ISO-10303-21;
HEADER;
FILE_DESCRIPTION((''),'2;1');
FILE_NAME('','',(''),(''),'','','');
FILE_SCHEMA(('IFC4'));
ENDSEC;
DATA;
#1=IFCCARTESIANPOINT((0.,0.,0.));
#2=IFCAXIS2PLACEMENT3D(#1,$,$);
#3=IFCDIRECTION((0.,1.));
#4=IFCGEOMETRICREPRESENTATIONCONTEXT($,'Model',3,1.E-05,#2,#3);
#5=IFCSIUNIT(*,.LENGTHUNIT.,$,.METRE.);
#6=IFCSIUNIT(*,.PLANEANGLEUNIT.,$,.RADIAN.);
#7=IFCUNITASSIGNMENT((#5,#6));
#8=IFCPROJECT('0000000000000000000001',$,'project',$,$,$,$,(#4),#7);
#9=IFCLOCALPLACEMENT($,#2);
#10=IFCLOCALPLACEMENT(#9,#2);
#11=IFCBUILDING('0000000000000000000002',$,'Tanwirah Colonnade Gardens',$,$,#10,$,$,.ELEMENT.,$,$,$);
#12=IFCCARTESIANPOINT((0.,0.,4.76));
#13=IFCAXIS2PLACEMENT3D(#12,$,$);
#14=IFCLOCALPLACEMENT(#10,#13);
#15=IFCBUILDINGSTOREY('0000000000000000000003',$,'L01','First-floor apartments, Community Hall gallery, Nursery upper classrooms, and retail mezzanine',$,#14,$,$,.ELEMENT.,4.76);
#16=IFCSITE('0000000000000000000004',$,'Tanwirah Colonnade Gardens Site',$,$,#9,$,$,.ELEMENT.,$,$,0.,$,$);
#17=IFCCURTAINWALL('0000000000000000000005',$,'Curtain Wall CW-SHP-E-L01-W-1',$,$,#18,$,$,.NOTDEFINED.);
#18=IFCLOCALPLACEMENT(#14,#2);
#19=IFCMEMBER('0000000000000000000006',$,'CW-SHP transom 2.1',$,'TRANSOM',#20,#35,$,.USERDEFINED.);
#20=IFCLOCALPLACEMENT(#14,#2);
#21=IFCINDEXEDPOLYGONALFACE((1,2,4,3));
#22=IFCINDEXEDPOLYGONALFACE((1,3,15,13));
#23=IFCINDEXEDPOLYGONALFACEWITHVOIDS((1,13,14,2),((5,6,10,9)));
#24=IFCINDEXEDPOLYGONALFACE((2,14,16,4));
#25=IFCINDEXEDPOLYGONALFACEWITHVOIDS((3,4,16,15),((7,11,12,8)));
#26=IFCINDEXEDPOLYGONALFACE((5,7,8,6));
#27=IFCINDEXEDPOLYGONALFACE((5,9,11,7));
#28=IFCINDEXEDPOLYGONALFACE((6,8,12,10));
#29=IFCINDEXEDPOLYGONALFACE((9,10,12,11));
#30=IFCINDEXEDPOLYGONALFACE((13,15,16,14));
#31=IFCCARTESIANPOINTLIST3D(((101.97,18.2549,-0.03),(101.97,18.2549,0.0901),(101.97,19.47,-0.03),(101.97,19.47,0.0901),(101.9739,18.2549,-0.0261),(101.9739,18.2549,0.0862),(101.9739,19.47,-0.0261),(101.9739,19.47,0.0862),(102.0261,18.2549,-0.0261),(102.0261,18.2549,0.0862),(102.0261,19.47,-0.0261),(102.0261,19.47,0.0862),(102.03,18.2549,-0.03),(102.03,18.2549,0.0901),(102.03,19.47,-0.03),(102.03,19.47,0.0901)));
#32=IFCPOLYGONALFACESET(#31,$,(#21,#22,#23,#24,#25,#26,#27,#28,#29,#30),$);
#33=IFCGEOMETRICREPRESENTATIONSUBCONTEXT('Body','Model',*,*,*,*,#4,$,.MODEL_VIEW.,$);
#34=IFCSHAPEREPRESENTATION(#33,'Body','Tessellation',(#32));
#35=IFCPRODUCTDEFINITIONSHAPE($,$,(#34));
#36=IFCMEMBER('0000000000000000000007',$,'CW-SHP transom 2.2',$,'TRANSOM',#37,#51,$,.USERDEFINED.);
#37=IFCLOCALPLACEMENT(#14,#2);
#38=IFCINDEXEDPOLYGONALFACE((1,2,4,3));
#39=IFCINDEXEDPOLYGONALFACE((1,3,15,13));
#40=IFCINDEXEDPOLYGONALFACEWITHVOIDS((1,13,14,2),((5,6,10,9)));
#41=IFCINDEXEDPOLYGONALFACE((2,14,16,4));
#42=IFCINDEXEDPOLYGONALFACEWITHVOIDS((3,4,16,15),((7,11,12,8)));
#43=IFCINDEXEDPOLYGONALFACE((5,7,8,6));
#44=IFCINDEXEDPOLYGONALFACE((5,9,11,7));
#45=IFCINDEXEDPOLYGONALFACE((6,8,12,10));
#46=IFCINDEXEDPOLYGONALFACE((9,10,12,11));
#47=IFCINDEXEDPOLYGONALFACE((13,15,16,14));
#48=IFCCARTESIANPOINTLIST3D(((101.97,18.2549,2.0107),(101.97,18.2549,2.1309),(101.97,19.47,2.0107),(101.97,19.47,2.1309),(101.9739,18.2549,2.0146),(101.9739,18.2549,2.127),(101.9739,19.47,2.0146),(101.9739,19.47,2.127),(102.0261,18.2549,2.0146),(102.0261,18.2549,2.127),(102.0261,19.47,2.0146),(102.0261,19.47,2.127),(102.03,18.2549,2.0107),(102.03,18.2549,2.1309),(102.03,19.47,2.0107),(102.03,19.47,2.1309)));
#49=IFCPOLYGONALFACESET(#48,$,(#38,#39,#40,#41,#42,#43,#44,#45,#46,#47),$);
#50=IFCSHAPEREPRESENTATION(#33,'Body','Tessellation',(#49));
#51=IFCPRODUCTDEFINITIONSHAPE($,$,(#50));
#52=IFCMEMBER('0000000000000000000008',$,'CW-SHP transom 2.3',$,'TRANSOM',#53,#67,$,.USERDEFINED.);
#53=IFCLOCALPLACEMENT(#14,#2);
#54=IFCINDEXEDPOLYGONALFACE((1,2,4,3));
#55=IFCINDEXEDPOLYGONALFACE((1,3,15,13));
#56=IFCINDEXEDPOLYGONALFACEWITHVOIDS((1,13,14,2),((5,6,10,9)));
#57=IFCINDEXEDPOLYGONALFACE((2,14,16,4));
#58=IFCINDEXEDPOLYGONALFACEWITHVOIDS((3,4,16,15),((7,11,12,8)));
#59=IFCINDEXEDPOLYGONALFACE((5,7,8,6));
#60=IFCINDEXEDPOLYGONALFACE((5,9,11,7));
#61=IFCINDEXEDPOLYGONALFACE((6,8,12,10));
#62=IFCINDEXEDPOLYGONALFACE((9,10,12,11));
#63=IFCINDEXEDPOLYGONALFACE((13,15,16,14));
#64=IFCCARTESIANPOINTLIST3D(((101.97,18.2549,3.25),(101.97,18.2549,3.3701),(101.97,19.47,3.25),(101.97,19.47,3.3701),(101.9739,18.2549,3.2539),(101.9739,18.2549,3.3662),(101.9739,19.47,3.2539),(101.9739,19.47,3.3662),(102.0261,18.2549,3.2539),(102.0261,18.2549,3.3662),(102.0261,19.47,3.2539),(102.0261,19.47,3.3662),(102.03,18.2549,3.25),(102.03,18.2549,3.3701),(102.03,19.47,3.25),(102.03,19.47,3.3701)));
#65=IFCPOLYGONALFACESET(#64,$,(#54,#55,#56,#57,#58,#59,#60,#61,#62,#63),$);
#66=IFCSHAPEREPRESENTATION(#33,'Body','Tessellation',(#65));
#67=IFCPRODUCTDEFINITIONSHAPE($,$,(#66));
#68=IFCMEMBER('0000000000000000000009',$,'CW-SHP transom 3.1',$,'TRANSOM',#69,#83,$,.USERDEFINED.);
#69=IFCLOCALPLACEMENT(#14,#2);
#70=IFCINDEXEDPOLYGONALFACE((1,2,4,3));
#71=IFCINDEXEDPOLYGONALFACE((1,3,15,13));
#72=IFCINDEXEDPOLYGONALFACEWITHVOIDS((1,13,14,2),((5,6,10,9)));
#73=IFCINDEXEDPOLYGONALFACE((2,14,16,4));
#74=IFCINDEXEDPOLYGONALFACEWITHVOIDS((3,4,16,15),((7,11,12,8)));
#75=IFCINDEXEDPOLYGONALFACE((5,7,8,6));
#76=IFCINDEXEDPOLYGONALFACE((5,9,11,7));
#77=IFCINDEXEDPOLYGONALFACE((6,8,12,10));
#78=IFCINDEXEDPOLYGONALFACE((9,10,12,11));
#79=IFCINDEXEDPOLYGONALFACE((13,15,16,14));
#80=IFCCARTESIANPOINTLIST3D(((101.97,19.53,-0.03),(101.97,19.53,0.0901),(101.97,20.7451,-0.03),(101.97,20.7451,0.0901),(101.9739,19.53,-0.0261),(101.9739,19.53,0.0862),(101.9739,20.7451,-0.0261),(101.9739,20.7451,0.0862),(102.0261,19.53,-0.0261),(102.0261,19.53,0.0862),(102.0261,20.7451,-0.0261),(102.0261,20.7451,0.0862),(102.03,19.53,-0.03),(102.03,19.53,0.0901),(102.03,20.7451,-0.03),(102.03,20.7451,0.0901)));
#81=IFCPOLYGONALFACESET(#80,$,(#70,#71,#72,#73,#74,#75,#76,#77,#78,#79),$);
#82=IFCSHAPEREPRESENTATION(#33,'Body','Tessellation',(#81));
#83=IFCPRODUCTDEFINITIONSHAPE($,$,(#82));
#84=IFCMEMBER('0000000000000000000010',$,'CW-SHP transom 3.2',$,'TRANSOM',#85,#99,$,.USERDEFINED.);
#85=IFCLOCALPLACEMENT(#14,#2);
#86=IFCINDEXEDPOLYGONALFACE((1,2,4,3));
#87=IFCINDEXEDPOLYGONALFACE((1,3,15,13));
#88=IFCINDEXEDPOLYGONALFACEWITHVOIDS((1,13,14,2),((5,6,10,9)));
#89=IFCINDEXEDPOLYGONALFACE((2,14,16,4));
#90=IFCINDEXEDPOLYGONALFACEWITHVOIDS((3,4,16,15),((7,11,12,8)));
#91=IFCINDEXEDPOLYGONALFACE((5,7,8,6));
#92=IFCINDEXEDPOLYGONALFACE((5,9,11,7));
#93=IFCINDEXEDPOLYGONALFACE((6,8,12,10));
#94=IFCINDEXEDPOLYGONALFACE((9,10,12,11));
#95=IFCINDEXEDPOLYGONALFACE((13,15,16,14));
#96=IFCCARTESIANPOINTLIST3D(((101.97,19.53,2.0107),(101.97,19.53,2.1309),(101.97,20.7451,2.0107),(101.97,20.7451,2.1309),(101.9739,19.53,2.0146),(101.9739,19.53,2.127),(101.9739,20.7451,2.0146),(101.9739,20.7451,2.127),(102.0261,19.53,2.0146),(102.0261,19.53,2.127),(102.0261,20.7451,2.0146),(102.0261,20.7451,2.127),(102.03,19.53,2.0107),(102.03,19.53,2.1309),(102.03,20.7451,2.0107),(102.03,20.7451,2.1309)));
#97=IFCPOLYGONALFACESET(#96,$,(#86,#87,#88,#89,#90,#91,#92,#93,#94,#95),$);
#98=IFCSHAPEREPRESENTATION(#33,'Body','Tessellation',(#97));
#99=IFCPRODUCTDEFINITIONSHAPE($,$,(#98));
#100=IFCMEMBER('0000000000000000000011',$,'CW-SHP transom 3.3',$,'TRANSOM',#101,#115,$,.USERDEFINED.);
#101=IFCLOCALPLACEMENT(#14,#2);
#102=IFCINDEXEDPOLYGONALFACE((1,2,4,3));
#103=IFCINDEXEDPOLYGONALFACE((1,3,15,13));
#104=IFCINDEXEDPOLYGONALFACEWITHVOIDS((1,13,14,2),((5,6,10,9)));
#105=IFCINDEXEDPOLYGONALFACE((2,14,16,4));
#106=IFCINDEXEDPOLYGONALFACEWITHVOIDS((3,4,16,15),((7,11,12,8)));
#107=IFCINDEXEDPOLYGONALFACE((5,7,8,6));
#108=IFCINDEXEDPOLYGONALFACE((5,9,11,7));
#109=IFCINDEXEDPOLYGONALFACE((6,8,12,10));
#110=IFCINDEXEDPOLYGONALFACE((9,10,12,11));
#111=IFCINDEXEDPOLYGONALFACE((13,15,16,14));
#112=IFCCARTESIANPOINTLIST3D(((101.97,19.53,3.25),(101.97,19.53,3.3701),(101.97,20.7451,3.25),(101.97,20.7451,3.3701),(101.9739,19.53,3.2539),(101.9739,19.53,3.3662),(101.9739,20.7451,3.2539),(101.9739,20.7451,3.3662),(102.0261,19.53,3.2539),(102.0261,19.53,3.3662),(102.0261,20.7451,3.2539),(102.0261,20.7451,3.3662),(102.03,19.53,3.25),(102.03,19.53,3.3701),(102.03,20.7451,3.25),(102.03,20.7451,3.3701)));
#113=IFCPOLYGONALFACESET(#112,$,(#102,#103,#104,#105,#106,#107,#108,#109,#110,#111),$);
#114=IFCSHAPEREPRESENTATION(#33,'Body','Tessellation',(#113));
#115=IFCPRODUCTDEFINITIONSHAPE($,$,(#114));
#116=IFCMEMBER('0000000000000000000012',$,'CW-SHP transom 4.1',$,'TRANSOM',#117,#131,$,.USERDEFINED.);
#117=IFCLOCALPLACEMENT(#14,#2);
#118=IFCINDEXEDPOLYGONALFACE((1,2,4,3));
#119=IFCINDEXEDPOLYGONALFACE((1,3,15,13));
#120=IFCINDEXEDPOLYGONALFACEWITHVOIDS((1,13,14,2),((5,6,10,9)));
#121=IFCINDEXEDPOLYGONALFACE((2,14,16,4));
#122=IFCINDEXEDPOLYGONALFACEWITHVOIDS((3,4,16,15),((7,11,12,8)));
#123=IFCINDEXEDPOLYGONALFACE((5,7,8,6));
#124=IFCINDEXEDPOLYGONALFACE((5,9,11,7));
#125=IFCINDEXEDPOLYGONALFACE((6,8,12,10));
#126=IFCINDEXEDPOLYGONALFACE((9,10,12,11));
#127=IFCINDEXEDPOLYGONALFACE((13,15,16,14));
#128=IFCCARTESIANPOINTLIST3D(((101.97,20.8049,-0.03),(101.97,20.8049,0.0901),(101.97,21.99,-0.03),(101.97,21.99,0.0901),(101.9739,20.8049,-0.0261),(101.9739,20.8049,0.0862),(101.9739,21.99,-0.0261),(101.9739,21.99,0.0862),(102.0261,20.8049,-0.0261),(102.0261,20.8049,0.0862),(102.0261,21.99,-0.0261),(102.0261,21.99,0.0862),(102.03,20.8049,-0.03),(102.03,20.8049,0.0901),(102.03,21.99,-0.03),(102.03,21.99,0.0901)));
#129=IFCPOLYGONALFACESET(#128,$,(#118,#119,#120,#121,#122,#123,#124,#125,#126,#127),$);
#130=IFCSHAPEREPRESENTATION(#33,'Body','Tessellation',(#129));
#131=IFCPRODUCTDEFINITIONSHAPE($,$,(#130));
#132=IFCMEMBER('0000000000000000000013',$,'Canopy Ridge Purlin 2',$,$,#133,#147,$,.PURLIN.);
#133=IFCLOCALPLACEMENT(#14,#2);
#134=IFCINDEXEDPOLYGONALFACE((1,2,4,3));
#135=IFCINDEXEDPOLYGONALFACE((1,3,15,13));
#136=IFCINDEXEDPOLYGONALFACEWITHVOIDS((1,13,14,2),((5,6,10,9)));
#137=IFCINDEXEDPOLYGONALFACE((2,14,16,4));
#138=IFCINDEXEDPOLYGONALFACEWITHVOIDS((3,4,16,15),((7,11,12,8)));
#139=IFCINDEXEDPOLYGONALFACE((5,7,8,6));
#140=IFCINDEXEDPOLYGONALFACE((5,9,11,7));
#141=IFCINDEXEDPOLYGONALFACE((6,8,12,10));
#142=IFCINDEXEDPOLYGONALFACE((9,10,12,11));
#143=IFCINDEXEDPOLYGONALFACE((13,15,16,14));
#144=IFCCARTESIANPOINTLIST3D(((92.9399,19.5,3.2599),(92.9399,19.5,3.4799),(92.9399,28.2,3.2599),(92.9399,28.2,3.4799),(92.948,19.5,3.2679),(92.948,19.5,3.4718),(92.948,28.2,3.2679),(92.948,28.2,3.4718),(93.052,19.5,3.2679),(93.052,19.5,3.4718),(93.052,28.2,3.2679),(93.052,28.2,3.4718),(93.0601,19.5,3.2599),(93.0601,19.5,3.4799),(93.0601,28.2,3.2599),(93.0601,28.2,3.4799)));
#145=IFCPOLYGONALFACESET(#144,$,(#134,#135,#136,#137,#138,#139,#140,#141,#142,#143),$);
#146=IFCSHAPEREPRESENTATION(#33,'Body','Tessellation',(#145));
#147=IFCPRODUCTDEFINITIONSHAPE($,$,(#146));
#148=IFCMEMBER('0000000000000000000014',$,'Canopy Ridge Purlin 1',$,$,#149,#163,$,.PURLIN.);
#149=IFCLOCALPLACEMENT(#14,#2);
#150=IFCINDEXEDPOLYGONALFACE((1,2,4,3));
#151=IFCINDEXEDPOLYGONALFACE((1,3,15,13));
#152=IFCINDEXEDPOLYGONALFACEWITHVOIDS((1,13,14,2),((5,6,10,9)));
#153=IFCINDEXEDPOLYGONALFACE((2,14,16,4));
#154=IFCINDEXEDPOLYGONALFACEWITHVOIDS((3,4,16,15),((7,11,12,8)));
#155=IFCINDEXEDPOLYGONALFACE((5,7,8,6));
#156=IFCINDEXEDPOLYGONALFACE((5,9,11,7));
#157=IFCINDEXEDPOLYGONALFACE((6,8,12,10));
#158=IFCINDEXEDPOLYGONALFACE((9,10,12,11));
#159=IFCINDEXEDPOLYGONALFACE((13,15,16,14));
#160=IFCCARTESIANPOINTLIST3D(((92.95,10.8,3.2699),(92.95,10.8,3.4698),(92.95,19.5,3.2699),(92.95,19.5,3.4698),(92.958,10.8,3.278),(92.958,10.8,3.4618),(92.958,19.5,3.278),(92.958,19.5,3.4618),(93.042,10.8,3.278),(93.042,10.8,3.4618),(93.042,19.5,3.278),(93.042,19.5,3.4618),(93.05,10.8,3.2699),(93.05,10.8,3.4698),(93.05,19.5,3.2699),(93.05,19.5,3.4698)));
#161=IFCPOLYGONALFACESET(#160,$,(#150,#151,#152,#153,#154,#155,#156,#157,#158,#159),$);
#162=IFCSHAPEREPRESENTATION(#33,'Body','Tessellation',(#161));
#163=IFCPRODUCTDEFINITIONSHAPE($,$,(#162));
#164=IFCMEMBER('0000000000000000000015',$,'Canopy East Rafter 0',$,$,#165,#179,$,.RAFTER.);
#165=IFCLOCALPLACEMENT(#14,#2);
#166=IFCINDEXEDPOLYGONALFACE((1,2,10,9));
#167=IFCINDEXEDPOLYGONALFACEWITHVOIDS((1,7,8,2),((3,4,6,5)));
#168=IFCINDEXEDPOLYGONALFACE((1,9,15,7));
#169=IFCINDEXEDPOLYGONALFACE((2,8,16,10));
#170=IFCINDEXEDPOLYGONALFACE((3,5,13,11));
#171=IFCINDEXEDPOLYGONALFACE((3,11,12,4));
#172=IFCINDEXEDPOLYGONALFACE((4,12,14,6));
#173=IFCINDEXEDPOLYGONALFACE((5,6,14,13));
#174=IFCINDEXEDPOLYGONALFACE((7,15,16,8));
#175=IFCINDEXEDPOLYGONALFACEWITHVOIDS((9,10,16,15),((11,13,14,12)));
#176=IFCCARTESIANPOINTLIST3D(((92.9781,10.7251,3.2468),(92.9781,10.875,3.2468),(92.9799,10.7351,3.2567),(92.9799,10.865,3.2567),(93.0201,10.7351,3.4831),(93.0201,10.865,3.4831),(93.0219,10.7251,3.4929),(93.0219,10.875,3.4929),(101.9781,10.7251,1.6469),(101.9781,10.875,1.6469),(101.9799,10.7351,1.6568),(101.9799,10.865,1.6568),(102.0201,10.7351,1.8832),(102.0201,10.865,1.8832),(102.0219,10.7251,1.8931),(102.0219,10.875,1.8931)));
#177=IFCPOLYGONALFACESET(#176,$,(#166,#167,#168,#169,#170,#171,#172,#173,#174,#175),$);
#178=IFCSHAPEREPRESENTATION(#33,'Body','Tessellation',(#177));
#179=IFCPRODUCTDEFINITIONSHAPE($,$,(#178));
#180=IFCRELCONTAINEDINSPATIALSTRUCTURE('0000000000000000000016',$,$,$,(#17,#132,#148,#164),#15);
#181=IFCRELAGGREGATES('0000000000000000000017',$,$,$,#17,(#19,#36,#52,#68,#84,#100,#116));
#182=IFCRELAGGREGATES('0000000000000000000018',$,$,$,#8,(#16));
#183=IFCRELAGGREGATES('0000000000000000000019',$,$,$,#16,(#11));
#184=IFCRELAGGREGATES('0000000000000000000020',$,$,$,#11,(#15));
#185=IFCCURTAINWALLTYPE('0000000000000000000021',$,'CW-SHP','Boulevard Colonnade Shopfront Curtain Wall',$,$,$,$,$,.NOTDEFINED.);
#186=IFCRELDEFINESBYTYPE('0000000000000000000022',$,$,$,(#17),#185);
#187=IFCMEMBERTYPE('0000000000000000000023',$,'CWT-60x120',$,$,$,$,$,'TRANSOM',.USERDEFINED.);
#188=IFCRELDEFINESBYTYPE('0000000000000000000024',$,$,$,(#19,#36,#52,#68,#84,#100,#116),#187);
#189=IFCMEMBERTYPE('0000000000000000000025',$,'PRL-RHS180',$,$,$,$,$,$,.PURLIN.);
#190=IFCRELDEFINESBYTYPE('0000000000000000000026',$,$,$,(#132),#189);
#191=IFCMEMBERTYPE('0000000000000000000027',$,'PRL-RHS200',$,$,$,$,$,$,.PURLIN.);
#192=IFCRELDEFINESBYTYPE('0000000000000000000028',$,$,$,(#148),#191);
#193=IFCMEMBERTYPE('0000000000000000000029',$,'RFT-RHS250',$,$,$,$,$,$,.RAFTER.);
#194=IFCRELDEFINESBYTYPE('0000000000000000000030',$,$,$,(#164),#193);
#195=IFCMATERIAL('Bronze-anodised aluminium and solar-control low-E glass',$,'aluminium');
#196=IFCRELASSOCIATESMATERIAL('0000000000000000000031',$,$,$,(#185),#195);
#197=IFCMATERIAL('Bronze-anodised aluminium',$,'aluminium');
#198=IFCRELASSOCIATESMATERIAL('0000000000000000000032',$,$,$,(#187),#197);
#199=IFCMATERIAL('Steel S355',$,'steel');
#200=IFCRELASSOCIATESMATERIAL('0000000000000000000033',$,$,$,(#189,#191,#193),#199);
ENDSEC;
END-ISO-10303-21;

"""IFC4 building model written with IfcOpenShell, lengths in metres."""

from ifc_helpers import new_model, si_unit, direction, frame, origin, origin_2d, place, context, subcontext, project, spatial, hollow_rectangle, extrude, material, material_profile, profile_set, type_object, element, aggregate, save


model = new_model("IFC4")

# Units and contexts
model_context = context("Model", 3, precision=1e-05, world=origin(), true_north=direction((0.0, 1.0)))
body_context = subcontext(model_context, "Body", "Model", "MODEL_VIEW")
ifc_project = project(units=[si_unit("LENGTHUNIT", "METRE"), si_unit("PLANEANGLEUNIT", "RADIAN")], contexts=[model_context])

# Site, building, storey
site_placement = place(None, origin())
site = spatial("IfcSite", under=ifc_project, at=site_placement, Name="Tanwirah Colonnade Gardens Site", CompositionType="ELEMENT", RefElevation=0.0)
building_placement = place(site_placement, origin())
building = spatial("IfcBuilding", under=site, at=building_placement, Name="Tanwirah Colonnade Gardens", CompositionType="ELEMENT")
storey_placement = place(building_placement, frame((0.0, 0.0, 4.76)))
storey = spatial("IfcBuildingStorey", under=building, at=storey_placement, Name="L01", Description="First-floor apartments, Community Hall gallery, Nursery upper classrooms, and retail mezzanine", CompositionType="ELEMENT", Elevation=4.76)

# Shared definitions
ifc_material_1 = material(Name="Steel S355", Category="steel")

# Curtain wall, members
ifc_material_2 = material(Name="Bronze-anodised aluminium and solar-control low-E glass", Category="aluminium")
curtain_wall_type = type_object("IfcCurtainWallType", Name="CW-SHP", Description="Boulevard Colonnade Shopfront Curtain Wall", PredefinedType="NOTDEFINED", material=ifc_material_2)
curtain_wall_placement = place(storey_placement, origin())
curtain_wall = element("IfcCurtainWall", 1, at=curtain_wall_placement, inside=storey, type_object=curtain_wall_type, Name="Curtain Wall CW-SHP-E-L01-W-1", PredefinedType="NOTDEFINED")
ifc_material_3 = material(Name="Bronze-anodised aluminium", Category="aluminium")
ifc_material_profile_1 = material_profile(ifc_material_3, hollow_rectangle(XDim=0.0601, YDim=0.1201, WallThickness=0.0039, at=origin_2d()), Name="CW-TRN 60x120x4")
ifc_profile_set_1 = profile_set([ifc_material_profile_1], Name="Bronze-anodised aluminium")
member_type_1 = type_object("IfcMemberType", Name="CWT-60x120", ElementType="TRANSOM", PredefinedType="USERDEFINED", material=ifc_profile_set_1)
member_1_placement = place(storey_placement, frame((102.0, 18.2549, 0.03), z_axis=(0.0, 1.0, 0.0), x_axis=(-1.0, 0.0, 0.0)))
member_1 = element("IfcMember", 2, at=member_1_placement, type_object=member_type_1, Name="CW-SHP transom 2.1", ObjectType="TRANSOM", PredefinedType="USERDEFINED", context=body_context, shape_type="SweptSolid", body=[
    extrude(hollow_rectangle(XDim=0.0601, YDim=0.1201, WallThickness=0.0039, at=origin_2d()), origin(), (0.0, 0.0, 1.0), 1.2151),
])
member_2_placement = place(storey_placement, frame((102.0, 18.2549, 2.0708), z_axis=(0.0, 1.0, 0.0), x_axis=(-1.0, 0.0, 0.0)))
member_2 = element("IfcMember", 3, at=member_2_placement, type_object=member_type_1, Name="CW-SHP transom 2.2", ObjectType="TRANSOM", PredefinedType="USERDEFINED", context=body_context, shape_type="SweptSolid", body=[
    extrude(hollow_rectangle(XDim=0.0601, YDim=0.1201, WallThickness=0.0039, at=origin_2d()), origin(), (0.0, 0.0, 1.0), 1.2151),
])
member_3_placement = place(storey_placement, frame((102.0, 18.2549, 3.3101), z_axis=(0.0, 1.0, 0.0), x_axis=(-1.0, 0.0, 0.0)))
member_3 = element("IfcMember", 4, at=member_3_placement, type_object=member_type_1, Name="CW-SHP transom 2.3", ObjectType="TRANSOM", PredefinedType="USERDEFINED", context=body_context, shape_type="SweptSolid", body=[
    extrude(hollow_rectangle(XDim=0.0601, YDim=0.1201, WallThickness=0.0039, at=origin_2d()), origin(), (0.0, 0.0, 1.0), 1.2151),
])
member_4_placement = place(storey_placement, frame((102.0, 19.53, 0.03), z_axis=(0.0, 1.0, 0.0), x_axis=(-1.0, 0.0, 0.0)))
member_4 = element("IfcMember", 5, at=member_4_placement, type_object=member_type_1, Name="CW-SHP transom 3.1", ObjectType="TRANSOM", PredefinedType="USERDEFINED", context=body_context, shape_type="SweptSolid", body=[
    extrude(hollow_rectangle(XDim=0.0601, YDim=0.1201, WallThickness=0.0039, at=origin_2d()), origin(), (0.0, 0.0, 1.0), 1.2151),
])
member_5_placement = place(storey_placement, frame((102.0, 19.53, 2.0708), z_axis=(0.0, 1.0, 0.0), x_axis=(-1.0, 0.0, 0.0)))
member_5 = element("IfcMember", 6, at=member_5_placement, type_object=member_type_1, Name="CW-SHP transom 3.2", ObjectType="TRANSOM", PredefinedType="USERDEFINED", context=body_context, shape_type="SweptSolid", body=[
    extrude(hollow_rectangle(XDim=0.0601, YDim=0.1201, WallThickness=0.0039, at=origin_2d()), origin(), (0.0, 0.0, 1.0), 1.2151),
])
member_6_placement = place(storey_placement, frame((102.0, 19.53, 3.3101), z_axis=(0.0, 1.0, 0.0), x_axis=(-1.0, 0.0, 0.0)))
member_6 = element("IfcMember", 7, at=member_6_placement, type_object=member_type_1, Name="CW-SHP transom 3.3", ObjectType="TRANSOM", PredefinedType="USERDEFINED", context=body_context, shape_type="SweptSolid", body=[
    extrude(hollow_rectangle(XDim=0.0601, YDim=0.1201, WallThickness=0.0039, at=origin_2d()), origin(), (0.0, 0.0, 1.0), 1.2151),
])
member_7_placement = place(storey_placement, frame((102.0, 20.8049, 0.03), z_axis=(0.0, 1.0, 0.0), x_axis=(-1.0, 0.0, 0.0)))
member_7 = element("IfcMember", 8, at=member_7_placement, type_object=member_type_1, Name="CW-SHP transom 4.1", ObjectType="TRANSOM", PredefinedType="USERDEFINED", context=body_context, shape_type="SweptSolid", body=[
    extrude(hollow_rectangle(XDim=0.0601, YDim=0.1201, WallThickness=0.0039, at=origin_2d()), origin(), (0.0, 0.0, 1.0), 1.1851),
])

# Members
ifc_material_profile_2 = material_profile(ifc_material_1, hollow_rectangle(XDim=0.1201, YDim=0.22, WallThickness=0.0081, at=origin_2d()), Name="RHS 220x120x8")
ifc_profile_set_2 = profile_set([ifc_material_profile_2], Name="Steel S355")
member_type_2 = type_object("IfcMemberType", Name="PRL-RHS180", PredefinedType="PURLIN", material=ifc_profile_set_2)
member_8_placement = place(storey_placement, frame((93.0, 19.5, 3.3699), z_axis=(0.0, 1.0, 0.0), x_axis=(-1.0, 0.0, 0.0)))
element("IfcMember", 9, at=member_8_placement, inside=storey, type_object=member_type_2, Name="Canopy Ridge Purlin 2", PredefinedType="PURLIN", context=body_context, shape_type="SweptSolid", body=[
    extrude(hollow_rectangle(XDim=0.1201, YDim=0.22, WallThickness=0.0081, at=origin_2d()), origin(), (0.0, 0.0, 1.0), 8.7),
])
ifc_material_profile_3 = material_profile(ifc_material_1, hollow_rectangle(XDim=0.1001, YDim=0.2, WallThickness=0.0081, at=origin_2d()), Name="RHS 200x100x8")
ifc_profile_set_3 = profile_set([ifc_material_profile_3], Name="Steel S355")
member_type_3 = type_object("IfcMemberType", Name="PRL-RHS200", PredefinedType="PURLIN", material=ifc_profile_set_3)
member_9_placement = place(storey_placement, frame((93.0, 10.8, 3.3699), z_axis=(0.0, 1.0, 0.0), x_axis=(-1.0, 0.0, 0.0)))
element("IfcMember", 10, at=member_9_placement, inside=storey, type_object=member_type_3, Name="Canopy Ridge Purlin 1", PredefinedType="PURLIN", context=body_context, shape_type="SweptSolid", body=[
    extrude(hollow_rectangle(XDim=0.1001, YDim=0.2, WallThickness=0.0081, at=origin_2d()), origin(), (0.0, 0.0, 1.0), 8.7),
])
ifc_material_profile_4 = material_profile(ifc_material_1, hollow_rectangle(XDim=0.1499, YDim=0.25, WallThickness=0.01, at=origin_2d()), Name="RHS 250x150x10")
ifc_profile_set_4 = profile_set([ifc_material_profile_4], Name="Steel S355")
member_type_4 = type_object("IfcMemberType", Name="RFT-RHS250", PredefinedType="RAFTER", material=ifc_profile_set_4)
for number, where, z_axis, x_axis, name in (
    (11, (93.0, 10.8, 3.3699), (0.984565, 0.0, -0.175018), (0.0, 1.0, 0.0), "Canopy East Rafter 0"),
):
    element("IfcMember", number, at=place(storey_placement, frame(where, z_axis=z_axis, x_axis=x_axis)), inside=storey, type_object=member_type_4, Name=name, PredefinedType="RAFTER", context=body_context, shape_type="SweptSolid", body=[
        extrude(hollow_rectangle(XDim=0.1499, YDim=0.25, WallThickness=0.01, at=origin_2d()), origin(), (0.0, 0.0, 1.0), 9.1411),
    ])

aggregate(curtain_wall, [member_1, member_2, member_3, member_4, member_5, member_6, member_7])

save(model, "model.ifc")
